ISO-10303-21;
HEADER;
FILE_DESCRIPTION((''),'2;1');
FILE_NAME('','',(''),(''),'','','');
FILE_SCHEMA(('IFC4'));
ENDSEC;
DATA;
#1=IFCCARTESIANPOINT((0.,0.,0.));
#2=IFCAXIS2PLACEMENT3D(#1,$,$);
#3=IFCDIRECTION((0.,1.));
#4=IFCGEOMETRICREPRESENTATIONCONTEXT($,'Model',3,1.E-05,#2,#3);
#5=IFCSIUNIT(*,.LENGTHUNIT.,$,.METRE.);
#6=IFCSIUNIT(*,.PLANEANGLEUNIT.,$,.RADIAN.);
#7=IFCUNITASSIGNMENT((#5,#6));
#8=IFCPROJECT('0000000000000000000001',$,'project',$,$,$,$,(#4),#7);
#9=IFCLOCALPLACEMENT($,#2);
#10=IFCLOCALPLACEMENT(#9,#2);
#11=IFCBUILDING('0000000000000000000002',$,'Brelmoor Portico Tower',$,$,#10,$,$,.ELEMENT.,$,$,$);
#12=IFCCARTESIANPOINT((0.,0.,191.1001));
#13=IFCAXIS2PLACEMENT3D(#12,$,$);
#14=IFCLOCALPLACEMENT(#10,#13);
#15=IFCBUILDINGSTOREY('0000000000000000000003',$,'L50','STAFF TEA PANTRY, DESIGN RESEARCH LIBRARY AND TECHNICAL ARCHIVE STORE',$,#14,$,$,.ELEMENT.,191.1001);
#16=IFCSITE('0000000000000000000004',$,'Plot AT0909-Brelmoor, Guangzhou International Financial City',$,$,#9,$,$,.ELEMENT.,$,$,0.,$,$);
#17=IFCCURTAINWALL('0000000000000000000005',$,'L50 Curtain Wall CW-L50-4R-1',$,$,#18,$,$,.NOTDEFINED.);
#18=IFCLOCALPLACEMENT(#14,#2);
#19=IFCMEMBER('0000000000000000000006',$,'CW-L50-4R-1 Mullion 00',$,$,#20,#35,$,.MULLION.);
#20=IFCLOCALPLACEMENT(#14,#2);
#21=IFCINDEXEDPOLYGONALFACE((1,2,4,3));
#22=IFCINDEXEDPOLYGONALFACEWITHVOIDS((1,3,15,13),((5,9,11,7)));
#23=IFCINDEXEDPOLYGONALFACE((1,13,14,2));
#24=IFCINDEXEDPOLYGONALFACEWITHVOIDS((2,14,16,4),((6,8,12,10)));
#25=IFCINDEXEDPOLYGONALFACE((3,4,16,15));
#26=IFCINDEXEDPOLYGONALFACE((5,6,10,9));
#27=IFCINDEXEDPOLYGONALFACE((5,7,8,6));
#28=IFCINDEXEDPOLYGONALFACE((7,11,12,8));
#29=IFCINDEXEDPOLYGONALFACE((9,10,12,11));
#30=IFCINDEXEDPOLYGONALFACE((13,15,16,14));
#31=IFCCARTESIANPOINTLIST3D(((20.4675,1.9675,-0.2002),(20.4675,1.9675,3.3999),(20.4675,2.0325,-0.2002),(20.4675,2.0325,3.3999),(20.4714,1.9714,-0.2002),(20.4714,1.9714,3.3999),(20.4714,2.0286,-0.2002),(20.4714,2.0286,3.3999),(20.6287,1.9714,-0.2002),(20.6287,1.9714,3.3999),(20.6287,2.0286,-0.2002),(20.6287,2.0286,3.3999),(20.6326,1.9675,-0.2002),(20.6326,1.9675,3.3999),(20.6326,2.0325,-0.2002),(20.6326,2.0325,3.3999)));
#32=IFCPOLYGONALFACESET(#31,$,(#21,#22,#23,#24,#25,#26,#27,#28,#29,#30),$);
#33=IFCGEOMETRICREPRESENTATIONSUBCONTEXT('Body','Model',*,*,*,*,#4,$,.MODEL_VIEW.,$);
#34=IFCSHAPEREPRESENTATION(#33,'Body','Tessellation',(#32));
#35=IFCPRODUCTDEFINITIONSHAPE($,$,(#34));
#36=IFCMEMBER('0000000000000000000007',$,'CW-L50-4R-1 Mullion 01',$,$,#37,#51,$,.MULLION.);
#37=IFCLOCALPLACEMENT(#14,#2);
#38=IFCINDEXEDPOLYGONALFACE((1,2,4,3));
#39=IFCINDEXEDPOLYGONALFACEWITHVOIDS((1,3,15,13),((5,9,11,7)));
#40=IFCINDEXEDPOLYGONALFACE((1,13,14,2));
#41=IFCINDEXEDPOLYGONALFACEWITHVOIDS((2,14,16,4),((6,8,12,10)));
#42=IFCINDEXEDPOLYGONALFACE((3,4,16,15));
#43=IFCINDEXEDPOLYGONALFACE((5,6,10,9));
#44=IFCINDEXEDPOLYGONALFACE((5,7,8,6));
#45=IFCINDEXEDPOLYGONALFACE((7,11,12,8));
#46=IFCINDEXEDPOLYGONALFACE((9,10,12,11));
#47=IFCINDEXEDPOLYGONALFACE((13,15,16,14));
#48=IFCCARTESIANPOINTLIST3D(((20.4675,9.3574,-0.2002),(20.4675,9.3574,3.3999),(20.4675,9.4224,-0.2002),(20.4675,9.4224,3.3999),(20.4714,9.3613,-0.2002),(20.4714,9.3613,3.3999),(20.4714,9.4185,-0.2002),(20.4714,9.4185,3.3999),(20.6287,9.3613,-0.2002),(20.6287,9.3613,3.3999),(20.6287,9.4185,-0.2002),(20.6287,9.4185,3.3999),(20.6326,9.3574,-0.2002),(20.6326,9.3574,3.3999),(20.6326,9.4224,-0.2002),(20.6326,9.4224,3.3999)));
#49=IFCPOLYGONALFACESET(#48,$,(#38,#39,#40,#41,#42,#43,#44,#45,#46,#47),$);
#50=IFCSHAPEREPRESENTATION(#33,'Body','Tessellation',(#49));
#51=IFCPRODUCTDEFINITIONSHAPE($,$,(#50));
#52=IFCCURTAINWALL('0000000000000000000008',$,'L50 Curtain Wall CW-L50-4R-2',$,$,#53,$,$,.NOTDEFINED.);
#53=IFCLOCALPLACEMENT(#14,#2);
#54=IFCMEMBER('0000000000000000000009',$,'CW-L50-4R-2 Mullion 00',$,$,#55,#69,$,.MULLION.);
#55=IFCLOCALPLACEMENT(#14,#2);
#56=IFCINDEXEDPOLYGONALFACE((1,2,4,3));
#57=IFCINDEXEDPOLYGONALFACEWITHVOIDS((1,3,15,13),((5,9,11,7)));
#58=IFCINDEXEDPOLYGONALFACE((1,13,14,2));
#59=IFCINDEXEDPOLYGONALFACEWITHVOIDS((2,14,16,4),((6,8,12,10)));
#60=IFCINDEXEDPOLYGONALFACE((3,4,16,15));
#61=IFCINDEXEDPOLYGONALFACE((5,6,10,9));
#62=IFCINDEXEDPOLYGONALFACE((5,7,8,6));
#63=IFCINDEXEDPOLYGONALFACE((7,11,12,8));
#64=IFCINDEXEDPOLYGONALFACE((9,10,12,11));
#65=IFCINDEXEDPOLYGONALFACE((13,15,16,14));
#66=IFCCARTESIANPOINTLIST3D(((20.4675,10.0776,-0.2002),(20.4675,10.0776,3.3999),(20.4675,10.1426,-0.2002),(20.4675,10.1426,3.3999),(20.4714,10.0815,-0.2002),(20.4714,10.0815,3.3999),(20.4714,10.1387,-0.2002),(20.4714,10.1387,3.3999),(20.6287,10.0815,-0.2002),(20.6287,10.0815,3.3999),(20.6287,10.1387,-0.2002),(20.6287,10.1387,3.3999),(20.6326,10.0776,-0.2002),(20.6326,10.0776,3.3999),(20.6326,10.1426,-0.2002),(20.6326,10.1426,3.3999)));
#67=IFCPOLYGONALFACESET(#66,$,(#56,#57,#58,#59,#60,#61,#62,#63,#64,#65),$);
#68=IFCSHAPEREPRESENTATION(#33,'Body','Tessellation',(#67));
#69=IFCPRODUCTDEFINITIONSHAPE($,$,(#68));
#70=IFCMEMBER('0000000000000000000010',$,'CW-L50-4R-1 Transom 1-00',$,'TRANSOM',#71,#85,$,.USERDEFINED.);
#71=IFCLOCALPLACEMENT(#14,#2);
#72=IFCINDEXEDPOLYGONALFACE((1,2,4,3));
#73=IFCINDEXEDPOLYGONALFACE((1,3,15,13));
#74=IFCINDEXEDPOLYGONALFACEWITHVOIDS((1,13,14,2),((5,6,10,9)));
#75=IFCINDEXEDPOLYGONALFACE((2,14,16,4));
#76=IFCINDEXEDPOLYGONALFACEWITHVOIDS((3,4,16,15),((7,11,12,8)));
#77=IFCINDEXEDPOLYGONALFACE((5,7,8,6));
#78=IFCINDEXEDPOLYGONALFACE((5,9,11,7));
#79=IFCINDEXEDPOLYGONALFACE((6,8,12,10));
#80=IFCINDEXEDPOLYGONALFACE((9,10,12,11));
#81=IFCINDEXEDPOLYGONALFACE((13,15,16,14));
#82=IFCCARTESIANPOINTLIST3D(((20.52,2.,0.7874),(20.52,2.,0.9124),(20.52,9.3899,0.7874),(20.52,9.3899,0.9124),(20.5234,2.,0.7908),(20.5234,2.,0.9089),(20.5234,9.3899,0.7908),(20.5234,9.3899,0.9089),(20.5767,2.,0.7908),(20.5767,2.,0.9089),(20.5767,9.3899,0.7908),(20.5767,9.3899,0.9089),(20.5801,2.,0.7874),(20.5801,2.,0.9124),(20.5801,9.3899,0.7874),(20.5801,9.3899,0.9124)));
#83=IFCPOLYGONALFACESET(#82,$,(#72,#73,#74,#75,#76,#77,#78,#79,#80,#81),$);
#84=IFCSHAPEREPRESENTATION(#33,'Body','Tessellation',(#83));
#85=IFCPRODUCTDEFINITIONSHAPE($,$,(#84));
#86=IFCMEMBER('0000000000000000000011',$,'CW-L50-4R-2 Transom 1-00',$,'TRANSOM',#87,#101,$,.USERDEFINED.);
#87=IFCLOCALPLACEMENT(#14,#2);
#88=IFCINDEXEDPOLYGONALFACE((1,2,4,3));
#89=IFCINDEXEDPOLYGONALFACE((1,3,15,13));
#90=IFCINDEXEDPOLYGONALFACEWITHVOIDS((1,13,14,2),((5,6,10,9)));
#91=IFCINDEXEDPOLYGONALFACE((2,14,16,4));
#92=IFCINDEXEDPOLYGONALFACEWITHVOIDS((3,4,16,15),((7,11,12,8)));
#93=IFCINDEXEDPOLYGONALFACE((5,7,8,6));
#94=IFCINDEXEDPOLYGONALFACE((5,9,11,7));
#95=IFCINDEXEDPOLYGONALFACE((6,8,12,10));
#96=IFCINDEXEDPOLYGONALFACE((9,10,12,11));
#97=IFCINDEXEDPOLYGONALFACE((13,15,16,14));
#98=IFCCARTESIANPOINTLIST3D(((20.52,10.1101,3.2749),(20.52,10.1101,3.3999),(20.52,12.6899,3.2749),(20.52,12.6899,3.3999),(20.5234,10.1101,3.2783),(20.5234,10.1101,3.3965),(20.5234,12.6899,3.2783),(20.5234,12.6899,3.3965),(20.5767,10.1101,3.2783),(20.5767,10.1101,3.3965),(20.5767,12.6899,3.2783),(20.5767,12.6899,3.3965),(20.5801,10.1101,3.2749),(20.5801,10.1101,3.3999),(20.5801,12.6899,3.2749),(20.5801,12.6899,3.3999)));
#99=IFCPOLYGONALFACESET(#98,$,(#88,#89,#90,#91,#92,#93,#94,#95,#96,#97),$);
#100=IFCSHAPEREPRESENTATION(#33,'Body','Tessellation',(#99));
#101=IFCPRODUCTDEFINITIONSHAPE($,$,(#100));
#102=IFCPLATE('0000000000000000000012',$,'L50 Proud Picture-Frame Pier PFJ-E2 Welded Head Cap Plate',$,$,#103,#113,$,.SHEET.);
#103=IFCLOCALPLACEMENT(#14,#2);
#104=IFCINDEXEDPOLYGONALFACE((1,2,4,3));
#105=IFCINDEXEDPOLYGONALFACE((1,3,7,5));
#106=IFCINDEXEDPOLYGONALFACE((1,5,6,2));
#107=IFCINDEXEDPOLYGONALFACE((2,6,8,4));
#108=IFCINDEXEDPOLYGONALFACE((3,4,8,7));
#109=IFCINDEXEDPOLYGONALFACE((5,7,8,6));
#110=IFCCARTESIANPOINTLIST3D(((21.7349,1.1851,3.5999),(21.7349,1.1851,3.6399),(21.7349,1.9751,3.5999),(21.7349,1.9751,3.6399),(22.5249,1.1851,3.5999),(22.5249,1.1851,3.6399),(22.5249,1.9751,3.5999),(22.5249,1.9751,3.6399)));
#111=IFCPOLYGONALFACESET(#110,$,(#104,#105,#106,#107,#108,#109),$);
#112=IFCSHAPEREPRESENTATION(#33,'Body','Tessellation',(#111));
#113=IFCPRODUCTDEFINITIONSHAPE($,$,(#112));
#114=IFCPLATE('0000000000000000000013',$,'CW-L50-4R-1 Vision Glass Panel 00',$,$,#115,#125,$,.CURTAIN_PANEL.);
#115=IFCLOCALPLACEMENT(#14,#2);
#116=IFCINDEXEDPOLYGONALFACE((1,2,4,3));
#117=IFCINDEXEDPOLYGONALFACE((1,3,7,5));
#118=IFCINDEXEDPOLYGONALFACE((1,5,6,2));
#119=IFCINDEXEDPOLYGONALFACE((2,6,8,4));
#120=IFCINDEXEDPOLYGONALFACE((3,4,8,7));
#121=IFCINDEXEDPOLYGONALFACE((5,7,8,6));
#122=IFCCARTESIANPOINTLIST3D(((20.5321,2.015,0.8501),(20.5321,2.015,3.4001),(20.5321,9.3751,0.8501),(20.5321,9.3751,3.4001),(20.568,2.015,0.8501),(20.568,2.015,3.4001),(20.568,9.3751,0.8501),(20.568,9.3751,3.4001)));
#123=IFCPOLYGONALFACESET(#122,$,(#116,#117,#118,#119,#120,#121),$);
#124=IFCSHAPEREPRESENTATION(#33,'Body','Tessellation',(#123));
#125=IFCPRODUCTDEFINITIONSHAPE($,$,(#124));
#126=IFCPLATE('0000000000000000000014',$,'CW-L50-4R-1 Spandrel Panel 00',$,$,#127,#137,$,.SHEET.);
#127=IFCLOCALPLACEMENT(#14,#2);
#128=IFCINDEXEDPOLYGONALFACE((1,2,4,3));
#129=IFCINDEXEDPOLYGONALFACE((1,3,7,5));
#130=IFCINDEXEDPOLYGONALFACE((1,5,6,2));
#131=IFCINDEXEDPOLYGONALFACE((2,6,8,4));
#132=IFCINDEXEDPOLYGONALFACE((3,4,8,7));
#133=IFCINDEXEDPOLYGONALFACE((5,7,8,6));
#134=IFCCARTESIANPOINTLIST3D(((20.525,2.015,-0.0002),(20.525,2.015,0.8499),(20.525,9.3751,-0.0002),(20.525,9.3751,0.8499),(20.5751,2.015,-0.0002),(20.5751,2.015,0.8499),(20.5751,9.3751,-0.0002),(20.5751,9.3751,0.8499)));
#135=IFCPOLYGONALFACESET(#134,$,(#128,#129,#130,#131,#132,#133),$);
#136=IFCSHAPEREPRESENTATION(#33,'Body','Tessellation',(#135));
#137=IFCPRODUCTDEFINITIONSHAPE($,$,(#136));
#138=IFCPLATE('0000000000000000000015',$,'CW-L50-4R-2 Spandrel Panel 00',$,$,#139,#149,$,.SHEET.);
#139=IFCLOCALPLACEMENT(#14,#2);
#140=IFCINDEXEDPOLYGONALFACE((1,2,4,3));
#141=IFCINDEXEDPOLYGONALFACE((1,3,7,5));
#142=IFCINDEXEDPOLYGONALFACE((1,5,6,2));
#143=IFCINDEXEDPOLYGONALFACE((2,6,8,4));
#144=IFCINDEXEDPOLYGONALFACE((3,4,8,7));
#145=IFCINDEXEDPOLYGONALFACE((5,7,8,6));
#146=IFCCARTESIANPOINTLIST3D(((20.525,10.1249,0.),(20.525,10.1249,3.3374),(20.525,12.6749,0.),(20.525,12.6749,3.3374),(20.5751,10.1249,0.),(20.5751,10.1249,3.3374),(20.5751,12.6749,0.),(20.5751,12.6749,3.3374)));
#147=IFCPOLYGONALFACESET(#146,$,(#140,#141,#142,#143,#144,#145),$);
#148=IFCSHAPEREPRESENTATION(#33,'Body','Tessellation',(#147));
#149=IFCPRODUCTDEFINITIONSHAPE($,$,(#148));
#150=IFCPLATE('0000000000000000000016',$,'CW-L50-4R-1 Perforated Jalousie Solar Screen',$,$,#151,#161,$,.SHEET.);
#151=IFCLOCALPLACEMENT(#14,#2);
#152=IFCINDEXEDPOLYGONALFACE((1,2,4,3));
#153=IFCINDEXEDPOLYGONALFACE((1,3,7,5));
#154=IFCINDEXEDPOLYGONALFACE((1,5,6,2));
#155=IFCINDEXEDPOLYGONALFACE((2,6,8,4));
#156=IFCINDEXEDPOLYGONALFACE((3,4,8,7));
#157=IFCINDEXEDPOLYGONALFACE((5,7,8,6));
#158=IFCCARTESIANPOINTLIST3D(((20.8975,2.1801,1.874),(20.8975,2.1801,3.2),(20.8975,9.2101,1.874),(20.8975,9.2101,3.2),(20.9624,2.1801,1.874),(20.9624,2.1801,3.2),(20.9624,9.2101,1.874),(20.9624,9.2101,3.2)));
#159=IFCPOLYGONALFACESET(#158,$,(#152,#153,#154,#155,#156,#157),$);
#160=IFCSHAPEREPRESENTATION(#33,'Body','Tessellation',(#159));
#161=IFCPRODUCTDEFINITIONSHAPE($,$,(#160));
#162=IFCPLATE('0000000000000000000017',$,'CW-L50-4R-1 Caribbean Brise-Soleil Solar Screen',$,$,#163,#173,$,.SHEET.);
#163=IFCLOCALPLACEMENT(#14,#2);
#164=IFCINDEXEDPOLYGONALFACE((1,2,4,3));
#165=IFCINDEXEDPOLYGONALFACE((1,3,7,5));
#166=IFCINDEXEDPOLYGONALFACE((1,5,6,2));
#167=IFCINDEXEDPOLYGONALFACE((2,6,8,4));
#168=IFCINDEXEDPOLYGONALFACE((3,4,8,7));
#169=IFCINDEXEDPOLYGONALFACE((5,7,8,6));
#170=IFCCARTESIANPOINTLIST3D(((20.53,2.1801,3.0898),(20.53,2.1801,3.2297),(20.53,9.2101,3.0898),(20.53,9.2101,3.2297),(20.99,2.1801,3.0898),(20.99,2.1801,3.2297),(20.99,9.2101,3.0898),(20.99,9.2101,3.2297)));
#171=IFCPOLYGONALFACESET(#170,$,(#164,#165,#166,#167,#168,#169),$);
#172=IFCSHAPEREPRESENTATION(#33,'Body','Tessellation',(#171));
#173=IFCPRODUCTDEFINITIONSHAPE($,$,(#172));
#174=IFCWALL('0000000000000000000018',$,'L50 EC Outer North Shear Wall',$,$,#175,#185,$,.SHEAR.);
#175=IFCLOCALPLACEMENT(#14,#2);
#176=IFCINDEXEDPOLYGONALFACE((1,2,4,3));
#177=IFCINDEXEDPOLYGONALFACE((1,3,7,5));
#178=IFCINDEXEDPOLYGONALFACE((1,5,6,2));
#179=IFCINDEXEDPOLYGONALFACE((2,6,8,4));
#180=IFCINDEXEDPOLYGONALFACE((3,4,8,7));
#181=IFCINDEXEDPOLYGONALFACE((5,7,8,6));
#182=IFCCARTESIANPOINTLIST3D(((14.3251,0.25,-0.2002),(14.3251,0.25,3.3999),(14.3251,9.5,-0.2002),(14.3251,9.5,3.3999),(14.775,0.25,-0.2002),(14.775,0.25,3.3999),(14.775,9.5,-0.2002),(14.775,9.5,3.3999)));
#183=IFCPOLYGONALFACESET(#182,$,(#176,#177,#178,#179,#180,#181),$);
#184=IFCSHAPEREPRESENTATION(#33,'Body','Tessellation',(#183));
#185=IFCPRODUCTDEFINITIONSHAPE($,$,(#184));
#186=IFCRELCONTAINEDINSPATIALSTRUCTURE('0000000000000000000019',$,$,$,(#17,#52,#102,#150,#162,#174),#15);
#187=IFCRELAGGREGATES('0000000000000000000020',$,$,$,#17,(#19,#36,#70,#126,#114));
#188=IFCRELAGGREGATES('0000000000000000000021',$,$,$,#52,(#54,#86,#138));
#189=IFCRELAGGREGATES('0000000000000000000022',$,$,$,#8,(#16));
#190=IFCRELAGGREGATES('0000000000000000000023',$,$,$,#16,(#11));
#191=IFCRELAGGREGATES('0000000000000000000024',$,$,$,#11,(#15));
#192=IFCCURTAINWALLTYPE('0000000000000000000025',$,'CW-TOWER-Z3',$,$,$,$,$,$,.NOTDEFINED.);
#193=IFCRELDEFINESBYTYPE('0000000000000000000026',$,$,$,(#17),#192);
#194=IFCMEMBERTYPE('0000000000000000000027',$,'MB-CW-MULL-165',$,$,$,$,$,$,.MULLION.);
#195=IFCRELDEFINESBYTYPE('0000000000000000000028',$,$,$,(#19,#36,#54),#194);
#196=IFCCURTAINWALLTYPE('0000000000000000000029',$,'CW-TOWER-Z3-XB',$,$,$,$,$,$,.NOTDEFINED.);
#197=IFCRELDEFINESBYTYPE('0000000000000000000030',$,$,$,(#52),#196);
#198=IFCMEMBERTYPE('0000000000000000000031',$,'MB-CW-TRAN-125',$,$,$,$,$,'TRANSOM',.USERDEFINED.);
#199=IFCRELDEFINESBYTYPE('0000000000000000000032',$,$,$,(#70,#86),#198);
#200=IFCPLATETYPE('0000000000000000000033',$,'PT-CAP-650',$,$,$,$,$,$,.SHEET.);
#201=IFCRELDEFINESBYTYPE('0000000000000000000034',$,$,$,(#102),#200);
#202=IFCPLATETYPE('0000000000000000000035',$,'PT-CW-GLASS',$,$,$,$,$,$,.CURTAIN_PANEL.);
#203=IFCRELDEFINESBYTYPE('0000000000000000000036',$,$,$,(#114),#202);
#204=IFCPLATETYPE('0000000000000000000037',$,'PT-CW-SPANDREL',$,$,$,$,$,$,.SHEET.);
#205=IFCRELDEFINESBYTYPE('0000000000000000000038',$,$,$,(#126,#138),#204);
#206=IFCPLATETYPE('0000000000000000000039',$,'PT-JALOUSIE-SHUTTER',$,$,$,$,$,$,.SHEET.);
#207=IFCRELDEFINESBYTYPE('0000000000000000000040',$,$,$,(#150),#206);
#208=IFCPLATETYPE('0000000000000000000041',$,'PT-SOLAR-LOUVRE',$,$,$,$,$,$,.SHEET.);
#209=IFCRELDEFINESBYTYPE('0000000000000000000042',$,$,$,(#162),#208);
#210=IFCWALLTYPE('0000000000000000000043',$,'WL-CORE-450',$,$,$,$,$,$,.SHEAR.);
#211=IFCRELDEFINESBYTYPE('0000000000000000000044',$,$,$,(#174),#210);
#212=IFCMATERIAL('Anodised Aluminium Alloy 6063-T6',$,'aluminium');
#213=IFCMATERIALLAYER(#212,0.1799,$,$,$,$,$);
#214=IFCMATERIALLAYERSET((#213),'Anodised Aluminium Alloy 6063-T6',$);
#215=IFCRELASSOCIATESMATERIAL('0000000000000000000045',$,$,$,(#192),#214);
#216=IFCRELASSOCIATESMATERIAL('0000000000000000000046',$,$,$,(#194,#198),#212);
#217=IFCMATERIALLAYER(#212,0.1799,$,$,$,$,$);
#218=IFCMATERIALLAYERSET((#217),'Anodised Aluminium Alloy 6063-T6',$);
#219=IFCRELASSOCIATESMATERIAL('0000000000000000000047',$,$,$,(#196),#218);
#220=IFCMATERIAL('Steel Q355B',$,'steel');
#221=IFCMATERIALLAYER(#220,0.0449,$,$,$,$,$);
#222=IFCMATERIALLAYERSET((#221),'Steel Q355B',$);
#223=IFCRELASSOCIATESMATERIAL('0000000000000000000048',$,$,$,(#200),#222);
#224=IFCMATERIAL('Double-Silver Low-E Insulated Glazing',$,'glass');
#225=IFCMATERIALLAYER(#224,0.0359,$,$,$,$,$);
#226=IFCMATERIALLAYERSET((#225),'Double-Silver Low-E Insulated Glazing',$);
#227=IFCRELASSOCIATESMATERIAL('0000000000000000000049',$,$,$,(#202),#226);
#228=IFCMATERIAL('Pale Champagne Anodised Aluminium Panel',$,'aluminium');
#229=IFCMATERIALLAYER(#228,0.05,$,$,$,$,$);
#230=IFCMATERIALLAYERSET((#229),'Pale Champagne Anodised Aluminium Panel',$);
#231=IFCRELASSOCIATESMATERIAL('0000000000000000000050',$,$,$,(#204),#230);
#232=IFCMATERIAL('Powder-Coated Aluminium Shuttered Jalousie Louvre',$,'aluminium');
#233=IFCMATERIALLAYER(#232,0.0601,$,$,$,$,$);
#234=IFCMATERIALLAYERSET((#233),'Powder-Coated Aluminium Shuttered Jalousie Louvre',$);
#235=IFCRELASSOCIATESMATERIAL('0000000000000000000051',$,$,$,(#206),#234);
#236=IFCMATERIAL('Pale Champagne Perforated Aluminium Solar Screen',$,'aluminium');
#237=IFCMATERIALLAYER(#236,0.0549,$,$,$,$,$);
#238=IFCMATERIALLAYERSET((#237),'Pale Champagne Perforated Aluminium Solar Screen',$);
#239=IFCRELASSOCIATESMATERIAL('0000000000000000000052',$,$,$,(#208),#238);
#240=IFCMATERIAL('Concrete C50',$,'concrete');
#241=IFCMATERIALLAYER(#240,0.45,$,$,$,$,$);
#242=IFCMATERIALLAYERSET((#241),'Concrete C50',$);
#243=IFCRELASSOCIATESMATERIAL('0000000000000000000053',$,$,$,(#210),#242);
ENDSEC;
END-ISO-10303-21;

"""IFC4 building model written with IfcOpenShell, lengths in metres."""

from ifc_helpers import new_model, si_unit, direction, frame, frame_2d, origin, origin_2d, place, context, subcontext, project, spatial, rectangle, hollow_rectangle, extrude, material, layer, layer_set, material_profile, profile_set, type_object, element, aggregate, save


model = new_model("IFC4")

# Units and contexts
model_context = context("Model", 3, precision=1e-05, world=origin(), true_north=direction((0.0, 1.0)))
body_context = subcontext(model_context, "Body", "Model", "MODEL_VIEW")
ifc_project = project(units=[si_unit("LENGTHUNIT", "METRE"), si_unit("PLANEANGLEUNIT", "RADIAN")], contexts=[model_context])

# Site, building, storey
site_placement = place(None, origin())
site = spatial("IfcSite", under=ifc_project, at=site_placement, Name="Plot AT0909-Brelmoor, Guangzhou International Financial City", CompositionType="ELEMENT", RefElevation=0.0)
building_placement = place(site_placement, origin())
building = spatial("IfcBuilding", under=site, at=building_placement, Name="Brelmoor Portico Tower", CompositionType="ELEMENT")
storey_placement = place(building_placement, frame((0.0, 0.0, 191.1001)))
storey = spatial("IfcBuildingStorey", under=building, at=storey_placement, Name="L50", Description="STAFF TEA PANTRY, DESIGN RESEARCH LIBRARY AND TECHNICAL ARCHIVE STORE", CompositionType="ELEMENT", Elevation=191.1001)

# Shared definitions
ifc_material_1 = material(Name="Steel Q355B", Category="steel")

# Curtain wall, members
ifc_material_2 = material(Name="Anodised Aluminium Alloy 6063-T6", Category="aluminium")
ifc_layer_1 = layer(ifc_material_2, 0.1799)
ifc_layer_set_1 = layer_set([ifc_layer_1], Name="Anodised Aluminium Alloy 6063-T6")
curtain_wall_type_1 = type_object("IfcCurtainWallType", Name="CW-TOWER-Z3", PredefinedType="NOTDEFINED", material=ifc_layer_set_1)
curtain_wall_1_placement = place(storey_placement, origin())
curtain_wall_1 = element("IfcCurtainWall", 1, at=curtain_wall_1_placement, inside=storey, type_object=curtain_wall_type_1, Name="L50 Curtain Wall CW-L50-4R-1", PredefinedType="NOTDEFINED")
ifc_material_profile_1 = material_profile(ifc_material_2, hollow_rectangle(XDim=0.0649, YDim=0.165, WallThickness=0.0039, at=origin_2d()), Name="ALU MULLION 65x165")
ifc_profile_set_1 = profile_set([ifc_material_profile_1], Name="Anodised Aluminium Alloy 6063-T6")
member_type_1 = type_object("IfcMemberType", Name="MB-CW-MULL-165", PredefinedType="MULLION", material=ifc_profile_set_1)
member_1_placement = place(storey_placement, frame((20.55, 2.0, -0.2002), z_axis=(0.0, 0.0, 1.0), x_axis=(0.0, 1.0, 0.0)))
member_1 = element("IfcMember", 2, at=member_1_placement, type_object=member_type_1, Name="CW-L50-4R-1 Mullion 00", PredefinedType="MULLION", context=body_context, shape_type="SweptSolid", body=[
    extrude(hollow_rectangle(XDim=0.0649, YDim=0.165, WallThickness=0.0039, at=origin_2d()), origin(), (0.0, 0.0, 1.0), 3.6001),
])
member_2_placement = place(storey_placement, frame((20.55, 9.3899, -0.2002), z_axis=(0.0, 0.0, 1.0), x_axis=(0.0, 1.0, 0.0)))
member_2 = element("IfcMember", 3, at=member_2_placement, type_object=member_type_1, Name="CW-L50-4R-1 Mullion 01", PredefinedType="MULLION", context=body_context, shape_type="SweptSolid", body=[
    extrude(hollow_rectangle(XDim=0.0649, YDim=0.165, WallThickness=0.0039, at=origin_2d()), origin(), (0.0, 0.0, 1.0), 3.6001),
])

# Curtain wall, member
ifc_layer_2 = layer(ifc_material_2, 0.1799)
ifc_layer_set_2 = layer_set([ifc_layer_2], Name="Anodised Aluminium Alloy 6063-T6")
curtain_wall_type_2 = type_object("IfcCurtainWallType", Name="CW-TOWER-Z3-XB", PredefinedType="NOTDEFINED", material=ifc_layer_set_2)
curtain_wall_2_placement = place(storey_placement, origin())
curtain_wall_2 = element("IfcCurtainWall", 4, at=curtain_wall_2_placement, inside=storey, type_object=curtain_wall_type_2, Name="L50 Curtain Wall CW-L50-4R-2", PredefinedType="NOTDEFINED")
member_3_placement = place(storey_placement, frame((20.55, 10.1101, -0.2002), z_axis=(0.0, 0.0, 1.0), x_axis=(0.0, 1.0, 0.0)))
member_3 = element("IfcMember", 5, at=member_3_placement, type_object=member_type_1, Name="CW-L50-4R-2 Mullion 00", PredefinedType="MULLION", context=body_context, shape_type="SweptSolid", body=[
    extrude(hollow_rectangle(XDim=0.0649, YDim=0.165, WallThickness=0.0039, at=origin_2d()), origin(), (0.0, 0.0, 1.0), 3.6001),
])

# Members
ifc_material_profile_2 = material_profile(ifc_material_2, hollow_rectangle(XDim=0.0601, YDim=0.125, WallThickness=0.0034, at=origin_2d()), Name="ALU TRANSOM 60x125")
ifc_profile_set_2 = profile_set([ifc_material_profile_2], Name="Anodised Aluminium Alloy 6063-T6")
member_type_2 = type_object("IfcMemberType", Name="MB-CW-TRAN-125", ElementType="TRANSOM", PredefinedType="USERDEFINED", material=ifc_profile_set_2)
member_4_placement = place(storey_placement, frame((20.55, 2.0, 0.8499), z_axis=(0.0, 1.0, 0.0), x_axis=(-1.0, 0.0, 0.0)))
member_4 = element("IfcMember", 6, at=member_4_placement, type_object=member_type_2, Name="CW-L50-4R-1 Transom 1-00", ObjectType="TRANSOM", PredefinedType="USERDEFINED", context=body_context, shape_type="SweptSolid", body=[
    extrude(hollow_rectangle(XDim=0.0601, YDim=0.125, WallThickness=0.0034, at=origin_2d()), origin(), (0.0, 0.0, 1.0), 7.3899),
])
member_5_placement = place(storey_placement, frame((20.55, 10.1101, 3.3374), z_axis=(0.0, 1.0, 0.0), x_axis=(-1.0, 0.0, 0.0)))
member_5 = element("IfcMember", 7, at=member_5_placement, type_object=member_type_2, Name="CW-L50-4R-2 Transom 1-00", ObjectType="TRANSOM", PredefinedType="USERDEFINED", context=body_context, shape_type="SweptSolid", body=[
    extrude(hollow_rectangle(XDim=0.0601, YDim=0.125, WallThickness=0.0034, at=origin_2d()), origin(), (0.0, 0.0, 1.0), 2.5798),
])

# Plates
ifc_layer_3 = layer(ifc_material_1, 0.0449)
ifc_layer_set_3 = layer_set([ifc_layer_3], Name="Steel Q355B")
plate_type_1 = type_object("IfcPlateType", Name="PT-CAP-650", PredefinedType="SHEET", material=ifc_layer_set_3)
plate_1_placement = place(storey_placement, frame((22.1299, 1.5801, 3.5999), z_axis=(0.0, 0.0, 1.0), x_axis=(0.0, 1.0, 0.0)))
element("IfcPlate", 8, at=plate_1_placement, inside=storey, type_object=plate_type_1, Name="L50 Proud Picture-Frame Pier PFJ-E2 Welded Head Cap Plate", PredefinedType="SHEET", context=body_context, shape_type="SweptSolid", body=[
    extrude(rectangle(XDim=0.79, YDim=0.79, at=origin_2d()), origin(), (0.0, 0.0, 1.0), 0.04),
])
ifc_material_3 = material(Name="Double-Silver Low-E Insulated Glazing", Category="glass")
ifc_layer_4 = layer(ifc_material_3, 0.0359)
ifc_layer_set_4 = layer_set([ifc_layer_4], Name="Double-Silver Low-E Insulated Glazing")
plate_type_2 = type_object("IfcPlateType", Name="PT-CW-GLASS", PredefinedType="CURTAIN_PANEL", material=ifc_layer_set_4)
plate_2_placement = place(storey_placement, frame((20.55, 5.6951, 0.8501), z_axis=(0.0, 0.0, 1.0), x_axis=(0.0, 1.0, 0.0)))
plate_2 = element("IfcPlate", 9, at=plate_2_placement, type_object=plate_type_2, Name="CW-L50-4R-1 Vision Glass Panel 00", PredefinedType="CURTAIN_PANEL", context=body_context, shape_type="SweptSolid", body=[
    extrude(rectangle(XDim=7.3601, YDim=0.0359, at=origin_2d()), origin(), (0.0, 0.0, 1.0), 2.55),
])
ifc_material_4 = material(Name="Pale Champagne Anodised Aluminium Panel", Category="aluminium")
ifc_layer_5 = layer(ifc_material_4, 0.05)
ifc_layer_set_5 = layer_set([ifc_layer_5], Name="Pale Champagne Anodised Aluminium Panel")
plate_type_3 = type_object("IfcPlateType", Name="PT-CW-SPANDREL", PredefinedType="SHEET", material=ifc_layer_set_5)
plate_3_placement = place(storey_placement, frame((20.55, 5.6951, -0.0002), z_axis=(0.0, 0.0, 1.0), x_axis=(0.0, 1.0, 0.0)))
plate_3 = element("IfcPlate", 10, at=plate_3_placement, type_object=plate_type_3, Name="CW-L50-4R-1 Spandrel Panel 00", PredefinedType="SHEET", context=body_context, shape_type="SweptSolid", body=[
    extrude(rectangle(XDim=7.3601, YDim=0.05, at=origin_2d()), origin(), (0.0, 0.0, 1.0), 0.8501),
])
aggregate(curtain_wall_1, [member_1, member_2, member_4, plate_3, plate_2])
plate_4_placement = place(storey_placement, frame((20.55, 11.3999, 0.0), z_axis=(0.0, 0.0, 1.0), x_axis=(0.0, 1.0, 0.0)))
plate_4 = element("IfcPlate", 11, at=plate_4_placement, type_object=plate_type_3, Name="CW-L50-4R-2 Spandrel Panel 00", PredefinedType="SHEET", context=body_context, shape_type="SweptSolid", body=[
    extrude(rectangle(XDim=2.55, YDim=0.05, at=origin_2d()), origin(), (0.0, 0.0, 1.0), 3.3374),
])
aggregate(curtain_wall_2, [member_3, member_5, plate_4])

# Plates
ifc_material_5 = material(Name="Powder-Coated Aluminium Shuttered Jalousie Louvre", Category="aluminium")
ifc_layer_6 = layer(ifc_material_5, 0.0601)
ifc_layer_set_6 = layer_set([ifc_layer_6], Name="Powder-Coated Aluminium Shuttered Jalousie Louvre")
plate_type_4 = type_object("IfcPlateType", Name="PT-JALOUSIE-SHUTTER", PredefinedType="SHEET", material=ifc_layer_set_6)
plate_5_placement = place(storey_placement, frame((20.9299, 5.6951, 1.874), z_axis=(0.0, 0.0, 1.0), x_axis=(0.0, 1.0, 0.0)))
element("IfcPlate", 12, at=plate_5_placement, inside=storey, type_object=plate_type_4, Name="CW-L50-4R-1 Perforated Jalousie Solar Screen", PredefinedType="SHEET", context=body_context, shape_type="SweptSolid", body=[
    extrude(rectangle(XDim=7.03, YDim=0.0649, at=origin_2d()), origin(), (0.0, 0.0, 1.0), 1.3259),
])
ifc_material_6 = material(Name="Pale Champagne Perforated Aluminium Solar Screen", Category="aluminium")
ifc_layer_7 = layer(ifc_material_6, 0.0549)
ifc_layer_set_7 = layer_set([ifc_layer_7], Name="Pale Champagne Perforated Aluminium Solar Screen")
plate_type_5 = type_object("IfcPlateType", Name="PT-SOLAR-LOUVRE", PredefinedType="SHEET", material=ifc_layer_set_7)
plate_6_placement = place(storey_placement, frame((20.76, 5.6951, 3.0898), z_axis=(0.0, 0.0, 1.0), x_axis=(0.0, 1.0, 0.0)))
element("IfcPlate", 13, at=plate_6_placement, inside=storey, type_object=plate_type_5, Name="CW-L50-4R-1 Caribbean Brise-Soleil Solar Screen", PredefinedType="SHEET", context=body_context, shape_type="SweptSolid", body=[
    extrude(rectangle(XDim=7.03, YDim=0.46, at=origin_2d()), origin(), (0.0, 0.0, 1.0), 0.1399),
])

# Wall
ifc_material_7 = material(Name="Concrete C50", Category="concrete")
ifc_layer_8 = layer(ifc_material_7, 0.45)
ifc_layer_set_8 = layer_set([ifc_layer_8], Name="Concrete C50")
wall_type_1 = type_object("IfcWallType", Name="WL-CORE-450", PredefinedType="SHEAR", material=ifc_layer_set_8)
wall_1_placement = place(storey_placement, frame((14.55, 0.25, -0.2002), z_axis=(0.0, 0.0, 1.0), x_axis=(0.0, 1.0, 0.0)))
element("IfcWall", 14, at=wall_1_placement, inside=storey, type_object=wall_type_1, Name="L50 EC Outer North Shear Wall", PredefinedType="SHEAR", context=body_context, shape_type="SweptSolid", body=[
    extrude(rectangle(XDim=9.25, YDim=0.45, at=frame_2d((4.625, 0.0))), origin(), (0.0, 0.0, 1.0), 3.6001),
])

save(model, "model.ifc")
